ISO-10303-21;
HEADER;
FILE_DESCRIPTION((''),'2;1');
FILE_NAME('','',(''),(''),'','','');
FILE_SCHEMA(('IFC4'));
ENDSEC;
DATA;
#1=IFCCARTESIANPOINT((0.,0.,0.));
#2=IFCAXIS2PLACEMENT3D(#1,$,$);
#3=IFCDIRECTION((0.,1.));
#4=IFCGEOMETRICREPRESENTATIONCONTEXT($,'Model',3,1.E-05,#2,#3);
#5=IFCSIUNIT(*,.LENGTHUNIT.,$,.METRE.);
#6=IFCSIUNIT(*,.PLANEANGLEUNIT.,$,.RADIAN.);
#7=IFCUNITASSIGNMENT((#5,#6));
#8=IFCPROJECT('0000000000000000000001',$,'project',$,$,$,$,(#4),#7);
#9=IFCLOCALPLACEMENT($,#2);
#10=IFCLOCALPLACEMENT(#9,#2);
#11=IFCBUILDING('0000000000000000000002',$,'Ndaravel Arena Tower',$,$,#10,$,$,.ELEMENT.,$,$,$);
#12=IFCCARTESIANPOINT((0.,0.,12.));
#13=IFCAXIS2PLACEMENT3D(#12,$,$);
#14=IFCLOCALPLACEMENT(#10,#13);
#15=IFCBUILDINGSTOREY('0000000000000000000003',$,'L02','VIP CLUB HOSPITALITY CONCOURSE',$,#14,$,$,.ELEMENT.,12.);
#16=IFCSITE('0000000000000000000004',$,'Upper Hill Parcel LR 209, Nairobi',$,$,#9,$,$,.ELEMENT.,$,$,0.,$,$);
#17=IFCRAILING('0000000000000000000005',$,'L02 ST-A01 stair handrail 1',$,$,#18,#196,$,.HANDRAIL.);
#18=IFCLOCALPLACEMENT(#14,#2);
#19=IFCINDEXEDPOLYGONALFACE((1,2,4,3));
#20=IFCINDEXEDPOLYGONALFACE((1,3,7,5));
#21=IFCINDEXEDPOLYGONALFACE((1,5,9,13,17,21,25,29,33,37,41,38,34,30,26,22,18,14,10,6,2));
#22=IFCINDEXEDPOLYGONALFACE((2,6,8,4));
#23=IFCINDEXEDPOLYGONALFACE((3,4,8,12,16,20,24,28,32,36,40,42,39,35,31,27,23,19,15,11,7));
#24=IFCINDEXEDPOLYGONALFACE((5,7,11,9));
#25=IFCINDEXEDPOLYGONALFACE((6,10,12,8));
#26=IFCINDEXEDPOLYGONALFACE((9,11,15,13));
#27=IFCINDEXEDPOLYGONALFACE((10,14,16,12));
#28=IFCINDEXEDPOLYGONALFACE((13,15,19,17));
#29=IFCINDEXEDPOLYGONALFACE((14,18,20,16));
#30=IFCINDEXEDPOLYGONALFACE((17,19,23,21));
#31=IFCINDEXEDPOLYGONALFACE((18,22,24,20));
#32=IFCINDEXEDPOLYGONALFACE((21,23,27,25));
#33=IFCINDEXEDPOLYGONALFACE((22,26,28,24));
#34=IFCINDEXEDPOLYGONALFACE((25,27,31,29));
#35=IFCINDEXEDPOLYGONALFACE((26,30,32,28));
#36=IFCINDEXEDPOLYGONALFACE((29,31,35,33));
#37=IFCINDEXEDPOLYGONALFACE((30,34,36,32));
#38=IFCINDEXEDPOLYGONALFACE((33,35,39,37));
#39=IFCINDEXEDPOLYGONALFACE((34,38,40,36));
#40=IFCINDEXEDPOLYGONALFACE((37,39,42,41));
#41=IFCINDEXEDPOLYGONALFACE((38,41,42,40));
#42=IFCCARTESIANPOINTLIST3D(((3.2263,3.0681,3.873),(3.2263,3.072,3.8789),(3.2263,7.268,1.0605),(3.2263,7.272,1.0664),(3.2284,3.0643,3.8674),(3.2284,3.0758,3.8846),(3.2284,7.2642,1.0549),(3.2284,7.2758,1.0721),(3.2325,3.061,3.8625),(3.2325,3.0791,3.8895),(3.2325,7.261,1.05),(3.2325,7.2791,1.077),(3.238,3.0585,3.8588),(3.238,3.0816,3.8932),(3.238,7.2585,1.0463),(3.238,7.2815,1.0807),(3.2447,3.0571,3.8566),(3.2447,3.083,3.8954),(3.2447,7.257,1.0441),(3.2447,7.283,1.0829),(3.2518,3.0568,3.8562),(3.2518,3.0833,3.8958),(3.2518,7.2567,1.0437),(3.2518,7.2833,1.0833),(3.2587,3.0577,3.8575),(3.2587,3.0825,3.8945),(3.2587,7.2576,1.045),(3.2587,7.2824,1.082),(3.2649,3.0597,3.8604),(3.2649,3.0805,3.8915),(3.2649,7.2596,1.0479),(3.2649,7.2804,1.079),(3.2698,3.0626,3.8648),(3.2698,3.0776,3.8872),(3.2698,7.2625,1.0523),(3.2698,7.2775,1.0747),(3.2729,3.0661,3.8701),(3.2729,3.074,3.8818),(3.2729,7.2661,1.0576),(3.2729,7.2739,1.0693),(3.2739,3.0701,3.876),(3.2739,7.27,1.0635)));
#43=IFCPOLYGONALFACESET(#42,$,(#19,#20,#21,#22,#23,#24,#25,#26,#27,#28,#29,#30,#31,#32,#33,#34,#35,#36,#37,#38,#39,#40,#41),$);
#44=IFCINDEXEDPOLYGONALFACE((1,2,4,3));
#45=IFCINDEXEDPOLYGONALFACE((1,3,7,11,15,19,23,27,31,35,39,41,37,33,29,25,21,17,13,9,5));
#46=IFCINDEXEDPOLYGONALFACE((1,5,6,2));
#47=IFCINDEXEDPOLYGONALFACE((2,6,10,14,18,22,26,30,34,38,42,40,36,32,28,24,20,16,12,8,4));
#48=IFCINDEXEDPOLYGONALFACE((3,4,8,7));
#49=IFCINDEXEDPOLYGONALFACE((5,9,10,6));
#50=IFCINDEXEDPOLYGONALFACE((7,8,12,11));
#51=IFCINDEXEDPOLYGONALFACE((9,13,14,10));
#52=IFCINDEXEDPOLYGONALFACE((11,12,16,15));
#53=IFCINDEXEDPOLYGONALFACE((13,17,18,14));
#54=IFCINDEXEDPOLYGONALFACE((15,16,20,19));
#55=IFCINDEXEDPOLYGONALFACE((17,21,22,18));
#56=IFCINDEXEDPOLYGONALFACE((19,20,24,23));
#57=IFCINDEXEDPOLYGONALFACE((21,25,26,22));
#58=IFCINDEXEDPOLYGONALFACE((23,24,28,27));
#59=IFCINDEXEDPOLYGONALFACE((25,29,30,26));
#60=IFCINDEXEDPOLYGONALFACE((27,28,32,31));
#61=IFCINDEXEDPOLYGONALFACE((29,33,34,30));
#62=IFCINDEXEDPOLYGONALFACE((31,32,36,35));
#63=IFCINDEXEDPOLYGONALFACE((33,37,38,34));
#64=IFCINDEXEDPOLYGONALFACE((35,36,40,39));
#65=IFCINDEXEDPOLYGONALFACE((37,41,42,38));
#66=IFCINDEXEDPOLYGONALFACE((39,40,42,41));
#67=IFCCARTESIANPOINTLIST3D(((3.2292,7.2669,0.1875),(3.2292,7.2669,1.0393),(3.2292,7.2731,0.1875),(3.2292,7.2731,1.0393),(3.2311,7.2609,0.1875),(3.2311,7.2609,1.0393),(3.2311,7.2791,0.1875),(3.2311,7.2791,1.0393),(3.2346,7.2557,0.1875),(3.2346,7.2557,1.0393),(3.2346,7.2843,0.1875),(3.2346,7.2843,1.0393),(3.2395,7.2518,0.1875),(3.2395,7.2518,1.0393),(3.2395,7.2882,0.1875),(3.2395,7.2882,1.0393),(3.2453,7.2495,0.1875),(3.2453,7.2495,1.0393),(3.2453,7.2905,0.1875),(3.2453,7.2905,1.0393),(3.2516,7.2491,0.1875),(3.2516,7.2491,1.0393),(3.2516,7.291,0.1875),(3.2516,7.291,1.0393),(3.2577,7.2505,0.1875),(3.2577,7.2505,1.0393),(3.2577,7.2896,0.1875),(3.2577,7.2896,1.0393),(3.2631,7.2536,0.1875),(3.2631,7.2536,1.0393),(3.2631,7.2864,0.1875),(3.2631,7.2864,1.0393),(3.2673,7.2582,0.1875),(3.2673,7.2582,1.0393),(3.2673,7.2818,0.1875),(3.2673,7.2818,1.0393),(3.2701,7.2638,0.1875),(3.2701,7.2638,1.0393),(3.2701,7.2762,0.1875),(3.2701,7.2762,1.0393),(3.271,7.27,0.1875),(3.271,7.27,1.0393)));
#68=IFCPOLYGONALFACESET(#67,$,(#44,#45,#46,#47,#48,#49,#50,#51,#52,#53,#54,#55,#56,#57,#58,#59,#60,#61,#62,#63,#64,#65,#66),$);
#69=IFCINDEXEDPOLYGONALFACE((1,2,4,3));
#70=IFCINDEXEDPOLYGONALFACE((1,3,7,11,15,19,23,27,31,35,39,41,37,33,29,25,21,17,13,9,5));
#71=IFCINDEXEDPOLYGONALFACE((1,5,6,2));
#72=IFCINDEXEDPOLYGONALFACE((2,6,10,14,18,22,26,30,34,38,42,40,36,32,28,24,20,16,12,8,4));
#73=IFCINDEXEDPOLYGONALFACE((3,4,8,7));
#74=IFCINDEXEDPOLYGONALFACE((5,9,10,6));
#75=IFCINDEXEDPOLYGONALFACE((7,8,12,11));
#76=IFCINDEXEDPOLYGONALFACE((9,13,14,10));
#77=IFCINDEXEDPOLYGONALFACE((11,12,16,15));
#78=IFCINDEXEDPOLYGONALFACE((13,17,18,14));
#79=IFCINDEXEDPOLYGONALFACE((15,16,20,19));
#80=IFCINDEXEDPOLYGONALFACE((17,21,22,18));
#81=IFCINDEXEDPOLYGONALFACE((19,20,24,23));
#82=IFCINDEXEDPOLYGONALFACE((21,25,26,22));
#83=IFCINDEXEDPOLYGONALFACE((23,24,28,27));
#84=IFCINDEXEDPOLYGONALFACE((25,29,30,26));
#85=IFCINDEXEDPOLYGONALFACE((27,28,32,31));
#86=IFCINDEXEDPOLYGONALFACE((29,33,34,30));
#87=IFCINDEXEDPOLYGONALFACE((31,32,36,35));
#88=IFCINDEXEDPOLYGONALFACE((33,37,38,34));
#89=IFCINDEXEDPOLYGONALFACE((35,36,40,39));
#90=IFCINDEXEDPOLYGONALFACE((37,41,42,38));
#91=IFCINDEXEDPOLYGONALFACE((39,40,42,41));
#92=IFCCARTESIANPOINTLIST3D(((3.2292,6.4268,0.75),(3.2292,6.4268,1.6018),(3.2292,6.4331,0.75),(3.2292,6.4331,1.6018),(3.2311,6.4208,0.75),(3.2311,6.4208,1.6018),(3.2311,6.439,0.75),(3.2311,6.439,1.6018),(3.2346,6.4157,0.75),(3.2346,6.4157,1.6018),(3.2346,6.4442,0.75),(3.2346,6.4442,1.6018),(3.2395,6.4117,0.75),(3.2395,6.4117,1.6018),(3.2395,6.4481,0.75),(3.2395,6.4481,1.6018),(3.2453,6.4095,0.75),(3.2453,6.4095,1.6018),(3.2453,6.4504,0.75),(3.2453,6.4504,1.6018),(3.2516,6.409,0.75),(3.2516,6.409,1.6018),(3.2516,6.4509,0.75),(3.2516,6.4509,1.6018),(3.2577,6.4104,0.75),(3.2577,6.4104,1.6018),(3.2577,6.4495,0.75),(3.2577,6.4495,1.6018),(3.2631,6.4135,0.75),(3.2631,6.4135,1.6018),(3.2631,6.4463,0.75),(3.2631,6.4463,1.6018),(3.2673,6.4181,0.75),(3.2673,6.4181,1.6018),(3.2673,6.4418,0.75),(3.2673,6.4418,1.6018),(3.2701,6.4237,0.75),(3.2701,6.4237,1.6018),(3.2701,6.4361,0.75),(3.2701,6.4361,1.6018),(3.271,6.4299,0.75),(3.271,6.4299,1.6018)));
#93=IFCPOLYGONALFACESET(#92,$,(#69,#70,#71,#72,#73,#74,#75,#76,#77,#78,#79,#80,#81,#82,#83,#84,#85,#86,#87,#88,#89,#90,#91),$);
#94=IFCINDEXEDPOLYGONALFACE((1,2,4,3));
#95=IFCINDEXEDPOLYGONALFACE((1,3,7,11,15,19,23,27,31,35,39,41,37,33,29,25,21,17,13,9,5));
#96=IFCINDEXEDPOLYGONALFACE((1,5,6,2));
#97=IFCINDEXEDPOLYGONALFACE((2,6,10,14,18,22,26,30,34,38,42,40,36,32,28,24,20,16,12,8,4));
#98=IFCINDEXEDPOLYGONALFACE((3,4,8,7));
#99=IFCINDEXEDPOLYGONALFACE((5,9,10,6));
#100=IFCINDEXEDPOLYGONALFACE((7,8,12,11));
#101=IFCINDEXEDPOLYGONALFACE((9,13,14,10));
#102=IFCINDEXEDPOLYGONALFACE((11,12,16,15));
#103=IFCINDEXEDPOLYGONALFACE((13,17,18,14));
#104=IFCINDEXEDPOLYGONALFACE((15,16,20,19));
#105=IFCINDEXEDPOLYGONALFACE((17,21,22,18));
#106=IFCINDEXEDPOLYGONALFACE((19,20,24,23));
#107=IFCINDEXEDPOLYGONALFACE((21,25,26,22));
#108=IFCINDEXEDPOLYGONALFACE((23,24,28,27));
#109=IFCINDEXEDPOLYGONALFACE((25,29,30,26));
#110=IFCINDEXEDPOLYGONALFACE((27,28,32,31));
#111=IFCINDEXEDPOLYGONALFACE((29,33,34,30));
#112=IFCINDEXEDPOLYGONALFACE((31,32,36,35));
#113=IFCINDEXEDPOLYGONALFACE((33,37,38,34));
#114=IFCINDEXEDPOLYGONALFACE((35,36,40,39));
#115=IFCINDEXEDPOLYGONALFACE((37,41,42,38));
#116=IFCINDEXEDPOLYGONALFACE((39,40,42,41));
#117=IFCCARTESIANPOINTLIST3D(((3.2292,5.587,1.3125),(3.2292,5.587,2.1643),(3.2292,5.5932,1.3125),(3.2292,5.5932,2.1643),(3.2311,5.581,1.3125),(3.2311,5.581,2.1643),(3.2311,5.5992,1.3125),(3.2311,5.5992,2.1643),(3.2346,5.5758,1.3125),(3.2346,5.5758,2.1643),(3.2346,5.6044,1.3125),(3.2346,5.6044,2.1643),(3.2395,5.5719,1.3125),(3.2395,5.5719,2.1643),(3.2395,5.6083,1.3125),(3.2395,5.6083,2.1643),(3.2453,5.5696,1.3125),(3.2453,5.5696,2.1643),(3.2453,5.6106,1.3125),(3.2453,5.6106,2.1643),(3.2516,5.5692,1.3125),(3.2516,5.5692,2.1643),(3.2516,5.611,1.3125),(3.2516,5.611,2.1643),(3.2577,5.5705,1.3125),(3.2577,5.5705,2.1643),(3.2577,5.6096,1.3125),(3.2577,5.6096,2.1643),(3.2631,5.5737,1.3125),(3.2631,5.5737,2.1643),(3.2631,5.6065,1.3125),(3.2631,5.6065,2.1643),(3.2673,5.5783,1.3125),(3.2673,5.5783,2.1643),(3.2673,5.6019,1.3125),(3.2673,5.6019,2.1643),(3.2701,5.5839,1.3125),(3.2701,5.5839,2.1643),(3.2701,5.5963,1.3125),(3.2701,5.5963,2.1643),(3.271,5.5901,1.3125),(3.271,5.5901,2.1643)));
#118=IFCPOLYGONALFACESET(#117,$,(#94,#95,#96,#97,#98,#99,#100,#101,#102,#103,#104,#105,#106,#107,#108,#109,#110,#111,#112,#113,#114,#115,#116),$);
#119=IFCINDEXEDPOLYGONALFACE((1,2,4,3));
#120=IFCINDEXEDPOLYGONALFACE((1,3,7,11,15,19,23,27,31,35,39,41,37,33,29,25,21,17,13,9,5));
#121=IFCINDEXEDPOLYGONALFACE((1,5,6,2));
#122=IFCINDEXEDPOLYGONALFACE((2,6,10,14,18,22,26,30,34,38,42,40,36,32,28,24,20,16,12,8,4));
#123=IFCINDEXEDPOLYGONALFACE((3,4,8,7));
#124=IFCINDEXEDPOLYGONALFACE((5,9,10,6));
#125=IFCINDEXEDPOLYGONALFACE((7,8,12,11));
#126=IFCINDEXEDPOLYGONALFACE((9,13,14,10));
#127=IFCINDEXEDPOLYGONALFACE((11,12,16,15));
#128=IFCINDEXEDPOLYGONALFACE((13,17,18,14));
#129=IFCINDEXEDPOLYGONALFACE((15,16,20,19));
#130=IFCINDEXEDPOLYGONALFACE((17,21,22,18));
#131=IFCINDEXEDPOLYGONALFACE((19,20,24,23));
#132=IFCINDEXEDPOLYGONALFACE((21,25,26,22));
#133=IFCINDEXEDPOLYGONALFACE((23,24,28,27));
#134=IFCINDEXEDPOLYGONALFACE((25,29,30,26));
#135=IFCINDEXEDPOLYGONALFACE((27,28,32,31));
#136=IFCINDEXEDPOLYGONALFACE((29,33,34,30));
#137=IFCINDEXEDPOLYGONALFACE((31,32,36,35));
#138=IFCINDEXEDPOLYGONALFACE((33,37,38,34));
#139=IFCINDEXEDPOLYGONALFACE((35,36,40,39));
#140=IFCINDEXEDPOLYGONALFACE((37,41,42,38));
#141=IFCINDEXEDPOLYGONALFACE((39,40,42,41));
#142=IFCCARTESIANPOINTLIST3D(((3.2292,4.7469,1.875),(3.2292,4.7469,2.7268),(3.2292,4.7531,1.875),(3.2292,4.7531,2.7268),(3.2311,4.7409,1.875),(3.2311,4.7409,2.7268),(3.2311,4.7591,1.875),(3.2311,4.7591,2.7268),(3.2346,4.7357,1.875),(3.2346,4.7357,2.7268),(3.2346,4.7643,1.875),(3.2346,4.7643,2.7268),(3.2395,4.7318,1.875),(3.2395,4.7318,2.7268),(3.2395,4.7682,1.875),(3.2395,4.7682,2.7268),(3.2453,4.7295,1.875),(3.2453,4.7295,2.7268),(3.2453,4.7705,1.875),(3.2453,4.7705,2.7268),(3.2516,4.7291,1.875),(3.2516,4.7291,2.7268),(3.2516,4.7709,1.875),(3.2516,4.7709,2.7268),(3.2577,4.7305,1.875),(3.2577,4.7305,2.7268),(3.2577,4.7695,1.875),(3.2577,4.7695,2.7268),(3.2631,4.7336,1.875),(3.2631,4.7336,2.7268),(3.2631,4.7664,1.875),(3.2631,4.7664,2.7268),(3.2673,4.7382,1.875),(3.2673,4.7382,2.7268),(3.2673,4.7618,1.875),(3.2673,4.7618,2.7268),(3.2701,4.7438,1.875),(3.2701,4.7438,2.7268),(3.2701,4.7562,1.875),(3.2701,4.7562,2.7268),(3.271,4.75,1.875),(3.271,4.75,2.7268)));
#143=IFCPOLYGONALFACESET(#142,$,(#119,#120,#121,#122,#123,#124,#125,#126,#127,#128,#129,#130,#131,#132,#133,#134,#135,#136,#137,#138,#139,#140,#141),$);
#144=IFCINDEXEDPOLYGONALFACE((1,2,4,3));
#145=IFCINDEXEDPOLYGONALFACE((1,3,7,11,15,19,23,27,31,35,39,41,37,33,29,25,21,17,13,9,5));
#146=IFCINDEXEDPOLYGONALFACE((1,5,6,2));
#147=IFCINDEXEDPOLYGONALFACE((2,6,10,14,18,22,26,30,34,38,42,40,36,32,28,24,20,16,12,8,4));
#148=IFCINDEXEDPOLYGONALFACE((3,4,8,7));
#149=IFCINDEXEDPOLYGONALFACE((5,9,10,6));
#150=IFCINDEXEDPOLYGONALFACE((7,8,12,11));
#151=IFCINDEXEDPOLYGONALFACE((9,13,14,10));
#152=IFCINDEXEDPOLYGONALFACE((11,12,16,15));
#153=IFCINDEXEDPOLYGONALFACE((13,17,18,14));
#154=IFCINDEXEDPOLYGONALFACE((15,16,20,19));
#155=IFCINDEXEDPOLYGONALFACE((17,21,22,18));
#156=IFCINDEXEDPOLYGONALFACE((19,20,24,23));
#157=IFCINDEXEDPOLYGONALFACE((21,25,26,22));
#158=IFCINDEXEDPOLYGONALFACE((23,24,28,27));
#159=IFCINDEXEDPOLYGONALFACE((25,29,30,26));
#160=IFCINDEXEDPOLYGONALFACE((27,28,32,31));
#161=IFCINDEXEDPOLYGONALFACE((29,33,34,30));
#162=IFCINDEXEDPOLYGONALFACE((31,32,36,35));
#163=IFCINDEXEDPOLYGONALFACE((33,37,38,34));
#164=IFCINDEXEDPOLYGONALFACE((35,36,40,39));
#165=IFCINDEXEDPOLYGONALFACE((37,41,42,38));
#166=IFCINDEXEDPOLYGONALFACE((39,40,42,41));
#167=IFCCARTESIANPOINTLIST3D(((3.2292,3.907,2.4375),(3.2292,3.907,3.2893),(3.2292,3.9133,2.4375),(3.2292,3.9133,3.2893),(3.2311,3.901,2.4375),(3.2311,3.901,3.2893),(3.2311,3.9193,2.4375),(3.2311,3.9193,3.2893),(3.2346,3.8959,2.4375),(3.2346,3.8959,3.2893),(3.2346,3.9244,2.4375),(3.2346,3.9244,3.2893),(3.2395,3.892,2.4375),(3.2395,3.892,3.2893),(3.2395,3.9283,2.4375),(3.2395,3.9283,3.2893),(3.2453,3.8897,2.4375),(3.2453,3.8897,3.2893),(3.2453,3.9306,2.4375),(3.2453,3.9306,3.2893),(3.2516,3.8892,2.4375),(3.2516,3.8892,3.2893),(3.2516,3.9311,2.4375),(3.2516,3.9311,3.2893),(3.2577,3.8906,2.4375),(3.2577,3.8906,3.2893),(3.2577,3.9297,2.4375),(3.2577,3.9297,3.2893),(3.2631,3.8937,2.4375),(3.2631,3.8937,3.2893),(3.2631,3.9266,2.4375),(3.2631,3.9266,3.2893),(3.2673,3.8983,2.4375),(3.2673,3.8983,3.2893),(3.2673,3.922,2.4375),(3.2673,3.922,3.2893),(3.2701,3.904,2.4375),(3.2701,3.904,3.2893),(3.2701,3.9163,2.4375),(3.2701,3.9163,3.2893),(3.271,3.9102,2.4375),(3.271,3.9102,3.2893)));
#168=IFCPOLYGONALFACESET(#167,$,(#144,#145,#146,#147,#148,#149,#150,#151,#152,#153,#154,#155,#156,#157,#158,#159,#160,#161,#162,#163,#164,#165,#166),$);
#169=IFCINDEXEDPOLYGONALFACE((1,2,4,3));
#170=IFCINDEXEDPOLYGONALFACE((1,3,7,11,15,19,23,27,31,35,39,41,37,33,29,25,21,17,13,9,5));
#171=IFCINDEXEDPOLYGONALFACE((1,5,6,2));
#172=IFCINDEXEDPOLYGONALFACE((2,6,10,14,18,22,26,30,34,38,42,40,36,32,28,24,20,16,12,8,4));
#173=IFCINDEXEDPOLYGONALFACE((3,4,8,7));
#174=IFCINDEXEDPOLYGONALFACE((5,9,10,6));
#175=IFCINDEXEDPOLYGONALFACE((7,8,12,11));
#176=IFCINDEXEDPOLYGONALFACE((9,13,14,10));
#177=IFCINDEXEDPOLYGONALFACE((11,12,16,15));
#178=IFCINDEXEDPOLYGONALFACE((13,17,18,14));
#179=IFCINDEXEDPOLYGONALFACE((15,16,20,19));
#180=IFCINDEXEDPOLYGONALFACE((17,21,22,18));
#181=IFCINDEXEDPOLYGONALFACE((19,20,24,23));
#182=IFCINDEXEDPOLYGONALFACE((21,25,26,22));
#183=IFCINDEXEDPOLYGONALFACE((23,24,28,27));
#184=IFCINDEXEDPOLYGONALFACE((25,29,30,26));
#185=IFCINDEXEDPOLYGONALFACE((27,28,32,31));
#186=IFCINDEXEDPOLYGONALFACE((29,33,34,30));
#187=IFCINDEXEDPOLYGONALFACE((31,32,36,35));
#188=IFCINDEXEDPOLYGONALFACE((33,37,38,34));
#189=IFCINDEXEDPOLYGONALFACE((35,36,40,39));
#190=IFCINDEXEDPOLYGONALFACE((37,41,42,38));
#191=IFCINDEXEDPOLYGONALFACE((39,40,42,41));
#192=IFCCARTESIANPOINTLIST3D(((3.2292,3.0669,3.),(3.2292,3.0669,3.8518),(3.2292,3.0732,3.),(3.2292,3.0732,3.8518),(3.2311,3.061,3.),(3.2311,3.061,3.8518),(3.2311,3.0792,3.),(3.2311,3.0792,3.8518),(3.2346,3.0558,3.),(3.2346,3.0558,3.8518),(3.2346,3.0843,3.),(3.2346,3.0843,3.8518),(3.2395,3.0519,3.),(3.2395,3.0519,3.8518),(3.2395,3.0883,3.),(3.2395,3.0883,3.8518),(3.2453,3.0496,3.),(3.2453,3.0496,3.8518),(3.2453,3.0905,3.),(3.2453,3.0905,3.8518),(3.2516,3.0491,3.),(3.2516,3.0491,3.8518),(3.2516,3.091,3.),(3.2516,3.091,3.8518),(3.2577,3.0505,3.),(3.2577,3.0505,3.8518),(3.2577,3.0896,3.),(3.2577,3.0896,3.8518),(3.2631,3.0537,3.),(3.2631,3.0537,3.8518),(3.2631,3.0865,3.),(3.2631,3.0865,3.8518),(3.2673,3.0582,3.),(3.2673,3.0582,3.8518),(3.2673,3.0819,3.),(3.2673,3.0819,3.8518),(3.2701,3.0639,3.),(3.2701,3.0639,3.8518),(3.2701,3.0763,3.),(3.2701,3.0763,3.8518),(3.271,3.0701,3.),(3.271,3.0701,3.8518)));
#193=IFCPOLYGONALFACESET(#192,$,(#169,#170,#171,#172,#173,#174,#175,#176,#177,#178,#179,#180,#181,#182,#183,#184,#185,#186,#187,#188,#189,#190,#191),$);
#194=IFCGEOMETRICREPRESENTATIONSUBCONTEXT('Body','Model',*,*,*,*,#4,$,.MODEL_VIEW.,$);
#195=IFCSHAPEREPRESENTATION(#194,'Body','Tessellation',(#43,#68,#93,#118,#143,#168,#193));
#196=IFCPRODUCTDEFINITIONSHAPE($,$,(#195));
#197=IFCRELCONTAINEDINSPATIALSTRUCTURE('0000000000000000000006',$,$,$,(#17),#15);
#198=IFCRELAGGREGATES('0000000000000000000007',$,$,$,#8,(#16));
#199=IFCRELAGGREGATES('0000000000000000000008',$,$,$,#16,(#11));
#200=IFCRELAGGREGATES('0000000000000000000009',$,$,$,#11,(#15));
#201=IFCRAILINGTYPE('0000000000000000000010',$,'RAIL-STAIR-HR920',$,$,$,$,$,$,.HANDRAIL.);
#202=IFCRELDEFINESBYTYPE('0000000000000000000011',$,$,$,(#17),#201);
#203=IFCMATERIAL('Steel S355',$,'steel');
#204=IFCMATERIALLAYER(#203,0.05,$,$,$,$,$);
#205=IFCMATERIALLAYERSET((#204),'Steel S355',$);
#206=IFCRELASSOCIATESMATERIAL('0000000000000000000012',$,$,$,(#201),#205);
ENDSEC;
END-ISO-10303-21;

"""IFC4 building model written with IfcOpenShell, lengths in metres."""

from ifc_helpers import new_model, si_unit, direction, frame, origin, origin_2d, place, context, subcontext, project, spatial, circle, extrude, material, layer, layer_set, type_object, element, save


model = new_model("IFC4")

# Units and contexts
model_context = context("Model", 3, precision=1e-05, world=origin(), true_north=direction((0.0, 1.0)))
body_context = subcontext(model_context, "Body", "Model", "MODEL_VIEW")
ifc_project = project(units=[si_unit("LENGTHUNIT", "METRE"), si_unit("PLANEANGLEUNIT", "RADIAN")], contexts=[model_context])

# Site, building, storey
site_placement = place(None, origin())
site = spatial("IfcSite", under=ifc_project, at=site_placement, Name="Upper Hill Parcel LR 209, Nairobi", CompositionType="ELEMENT", RefElevation=0.0)
building_placement = place(site_placement, origin())
building = spatial("IfcBuilding", under=site, at=building_placement, Name="Ndaravel Arena Tower", CompositionType="ELEMENT")
storey_placement = place(building_placement, frame((0.0, 0.0, 12.0)))
storey = spatial("IfcBuildingStorey", under=building, at=storey_placement, Name="L02", Description="VIP CLUB HOSPITALITY CONCOURSE", CompositionType="ELEMENT", Elevation=12.0)

# Railing
ifc_material_1 = material(Name="Steel S355", Category="steel")
ifc_layer_1 = layer(ifc_material_1, 0.05)
ifc_layer_set_1 = layer_set([ifc_layer_1], Name="Steel S355")
railing_type_1 = type_object("IfcRailingType", Name="RAIL-STAIR-HR920", PredefinedType="HANDRAIL", material=ifc_layer_set_1)
railing_1_placement = place(storey_placement, frame((3.25, 7.27, 0.1875)))
element("IfcRailing", 1, at=railing_1_placement, inside=storey, type_object=railing_type_1, Name="L02 ST-A01 stair handrail 1", PredefinedType="HANDRAIL", context=body_context, shape_type="SweptSolid", body=[
    extrude(circle(Radius=0.0239, at=origin_2d()), frame((0.0, 0.0, 0.876), z_axis=(0.0, -0.830904, 0.556416), x_axis=(1.0, 0.0, 0.0)), (0.0, 0.0, 1.0), 5.0547),
    extrude(circle(Radius=0.021, at=origin_2d()), origin(), (0.0, 0.0, 1.0), 0.8518),
    extrude(circle(Radius=0.021, at=origin_2d()), frame((0.0, -0.8401, 0.5625)), (0.0, 0.0, 1.0), 0.8518),
    extrude(circle(Radius=0.021, at=origin_2d()), frame((0.0, -1.6799, 1.125)), (0.0, 0.0, 1.0), 0.8518),
    extrude(circle(Radius=0.021, at=origin_2d()), frame((0.0, -2.52, 1.6875)), (0.0, 0.0, 1.0), 0.8518),
    extrude(circle(Radius=0.021, at=origin_2d()), frame((0.0, -3.3599, 2.25)), (0.0, 0.0, 1.0), 0.8518),
    extrude(circle(Radius=0.021, at=origin_2d()), frame((0.0, -4.2, 2.8125)), (0.0, 0.0, 1.0), 0.8518),
])

save(model, "model.ifc")
